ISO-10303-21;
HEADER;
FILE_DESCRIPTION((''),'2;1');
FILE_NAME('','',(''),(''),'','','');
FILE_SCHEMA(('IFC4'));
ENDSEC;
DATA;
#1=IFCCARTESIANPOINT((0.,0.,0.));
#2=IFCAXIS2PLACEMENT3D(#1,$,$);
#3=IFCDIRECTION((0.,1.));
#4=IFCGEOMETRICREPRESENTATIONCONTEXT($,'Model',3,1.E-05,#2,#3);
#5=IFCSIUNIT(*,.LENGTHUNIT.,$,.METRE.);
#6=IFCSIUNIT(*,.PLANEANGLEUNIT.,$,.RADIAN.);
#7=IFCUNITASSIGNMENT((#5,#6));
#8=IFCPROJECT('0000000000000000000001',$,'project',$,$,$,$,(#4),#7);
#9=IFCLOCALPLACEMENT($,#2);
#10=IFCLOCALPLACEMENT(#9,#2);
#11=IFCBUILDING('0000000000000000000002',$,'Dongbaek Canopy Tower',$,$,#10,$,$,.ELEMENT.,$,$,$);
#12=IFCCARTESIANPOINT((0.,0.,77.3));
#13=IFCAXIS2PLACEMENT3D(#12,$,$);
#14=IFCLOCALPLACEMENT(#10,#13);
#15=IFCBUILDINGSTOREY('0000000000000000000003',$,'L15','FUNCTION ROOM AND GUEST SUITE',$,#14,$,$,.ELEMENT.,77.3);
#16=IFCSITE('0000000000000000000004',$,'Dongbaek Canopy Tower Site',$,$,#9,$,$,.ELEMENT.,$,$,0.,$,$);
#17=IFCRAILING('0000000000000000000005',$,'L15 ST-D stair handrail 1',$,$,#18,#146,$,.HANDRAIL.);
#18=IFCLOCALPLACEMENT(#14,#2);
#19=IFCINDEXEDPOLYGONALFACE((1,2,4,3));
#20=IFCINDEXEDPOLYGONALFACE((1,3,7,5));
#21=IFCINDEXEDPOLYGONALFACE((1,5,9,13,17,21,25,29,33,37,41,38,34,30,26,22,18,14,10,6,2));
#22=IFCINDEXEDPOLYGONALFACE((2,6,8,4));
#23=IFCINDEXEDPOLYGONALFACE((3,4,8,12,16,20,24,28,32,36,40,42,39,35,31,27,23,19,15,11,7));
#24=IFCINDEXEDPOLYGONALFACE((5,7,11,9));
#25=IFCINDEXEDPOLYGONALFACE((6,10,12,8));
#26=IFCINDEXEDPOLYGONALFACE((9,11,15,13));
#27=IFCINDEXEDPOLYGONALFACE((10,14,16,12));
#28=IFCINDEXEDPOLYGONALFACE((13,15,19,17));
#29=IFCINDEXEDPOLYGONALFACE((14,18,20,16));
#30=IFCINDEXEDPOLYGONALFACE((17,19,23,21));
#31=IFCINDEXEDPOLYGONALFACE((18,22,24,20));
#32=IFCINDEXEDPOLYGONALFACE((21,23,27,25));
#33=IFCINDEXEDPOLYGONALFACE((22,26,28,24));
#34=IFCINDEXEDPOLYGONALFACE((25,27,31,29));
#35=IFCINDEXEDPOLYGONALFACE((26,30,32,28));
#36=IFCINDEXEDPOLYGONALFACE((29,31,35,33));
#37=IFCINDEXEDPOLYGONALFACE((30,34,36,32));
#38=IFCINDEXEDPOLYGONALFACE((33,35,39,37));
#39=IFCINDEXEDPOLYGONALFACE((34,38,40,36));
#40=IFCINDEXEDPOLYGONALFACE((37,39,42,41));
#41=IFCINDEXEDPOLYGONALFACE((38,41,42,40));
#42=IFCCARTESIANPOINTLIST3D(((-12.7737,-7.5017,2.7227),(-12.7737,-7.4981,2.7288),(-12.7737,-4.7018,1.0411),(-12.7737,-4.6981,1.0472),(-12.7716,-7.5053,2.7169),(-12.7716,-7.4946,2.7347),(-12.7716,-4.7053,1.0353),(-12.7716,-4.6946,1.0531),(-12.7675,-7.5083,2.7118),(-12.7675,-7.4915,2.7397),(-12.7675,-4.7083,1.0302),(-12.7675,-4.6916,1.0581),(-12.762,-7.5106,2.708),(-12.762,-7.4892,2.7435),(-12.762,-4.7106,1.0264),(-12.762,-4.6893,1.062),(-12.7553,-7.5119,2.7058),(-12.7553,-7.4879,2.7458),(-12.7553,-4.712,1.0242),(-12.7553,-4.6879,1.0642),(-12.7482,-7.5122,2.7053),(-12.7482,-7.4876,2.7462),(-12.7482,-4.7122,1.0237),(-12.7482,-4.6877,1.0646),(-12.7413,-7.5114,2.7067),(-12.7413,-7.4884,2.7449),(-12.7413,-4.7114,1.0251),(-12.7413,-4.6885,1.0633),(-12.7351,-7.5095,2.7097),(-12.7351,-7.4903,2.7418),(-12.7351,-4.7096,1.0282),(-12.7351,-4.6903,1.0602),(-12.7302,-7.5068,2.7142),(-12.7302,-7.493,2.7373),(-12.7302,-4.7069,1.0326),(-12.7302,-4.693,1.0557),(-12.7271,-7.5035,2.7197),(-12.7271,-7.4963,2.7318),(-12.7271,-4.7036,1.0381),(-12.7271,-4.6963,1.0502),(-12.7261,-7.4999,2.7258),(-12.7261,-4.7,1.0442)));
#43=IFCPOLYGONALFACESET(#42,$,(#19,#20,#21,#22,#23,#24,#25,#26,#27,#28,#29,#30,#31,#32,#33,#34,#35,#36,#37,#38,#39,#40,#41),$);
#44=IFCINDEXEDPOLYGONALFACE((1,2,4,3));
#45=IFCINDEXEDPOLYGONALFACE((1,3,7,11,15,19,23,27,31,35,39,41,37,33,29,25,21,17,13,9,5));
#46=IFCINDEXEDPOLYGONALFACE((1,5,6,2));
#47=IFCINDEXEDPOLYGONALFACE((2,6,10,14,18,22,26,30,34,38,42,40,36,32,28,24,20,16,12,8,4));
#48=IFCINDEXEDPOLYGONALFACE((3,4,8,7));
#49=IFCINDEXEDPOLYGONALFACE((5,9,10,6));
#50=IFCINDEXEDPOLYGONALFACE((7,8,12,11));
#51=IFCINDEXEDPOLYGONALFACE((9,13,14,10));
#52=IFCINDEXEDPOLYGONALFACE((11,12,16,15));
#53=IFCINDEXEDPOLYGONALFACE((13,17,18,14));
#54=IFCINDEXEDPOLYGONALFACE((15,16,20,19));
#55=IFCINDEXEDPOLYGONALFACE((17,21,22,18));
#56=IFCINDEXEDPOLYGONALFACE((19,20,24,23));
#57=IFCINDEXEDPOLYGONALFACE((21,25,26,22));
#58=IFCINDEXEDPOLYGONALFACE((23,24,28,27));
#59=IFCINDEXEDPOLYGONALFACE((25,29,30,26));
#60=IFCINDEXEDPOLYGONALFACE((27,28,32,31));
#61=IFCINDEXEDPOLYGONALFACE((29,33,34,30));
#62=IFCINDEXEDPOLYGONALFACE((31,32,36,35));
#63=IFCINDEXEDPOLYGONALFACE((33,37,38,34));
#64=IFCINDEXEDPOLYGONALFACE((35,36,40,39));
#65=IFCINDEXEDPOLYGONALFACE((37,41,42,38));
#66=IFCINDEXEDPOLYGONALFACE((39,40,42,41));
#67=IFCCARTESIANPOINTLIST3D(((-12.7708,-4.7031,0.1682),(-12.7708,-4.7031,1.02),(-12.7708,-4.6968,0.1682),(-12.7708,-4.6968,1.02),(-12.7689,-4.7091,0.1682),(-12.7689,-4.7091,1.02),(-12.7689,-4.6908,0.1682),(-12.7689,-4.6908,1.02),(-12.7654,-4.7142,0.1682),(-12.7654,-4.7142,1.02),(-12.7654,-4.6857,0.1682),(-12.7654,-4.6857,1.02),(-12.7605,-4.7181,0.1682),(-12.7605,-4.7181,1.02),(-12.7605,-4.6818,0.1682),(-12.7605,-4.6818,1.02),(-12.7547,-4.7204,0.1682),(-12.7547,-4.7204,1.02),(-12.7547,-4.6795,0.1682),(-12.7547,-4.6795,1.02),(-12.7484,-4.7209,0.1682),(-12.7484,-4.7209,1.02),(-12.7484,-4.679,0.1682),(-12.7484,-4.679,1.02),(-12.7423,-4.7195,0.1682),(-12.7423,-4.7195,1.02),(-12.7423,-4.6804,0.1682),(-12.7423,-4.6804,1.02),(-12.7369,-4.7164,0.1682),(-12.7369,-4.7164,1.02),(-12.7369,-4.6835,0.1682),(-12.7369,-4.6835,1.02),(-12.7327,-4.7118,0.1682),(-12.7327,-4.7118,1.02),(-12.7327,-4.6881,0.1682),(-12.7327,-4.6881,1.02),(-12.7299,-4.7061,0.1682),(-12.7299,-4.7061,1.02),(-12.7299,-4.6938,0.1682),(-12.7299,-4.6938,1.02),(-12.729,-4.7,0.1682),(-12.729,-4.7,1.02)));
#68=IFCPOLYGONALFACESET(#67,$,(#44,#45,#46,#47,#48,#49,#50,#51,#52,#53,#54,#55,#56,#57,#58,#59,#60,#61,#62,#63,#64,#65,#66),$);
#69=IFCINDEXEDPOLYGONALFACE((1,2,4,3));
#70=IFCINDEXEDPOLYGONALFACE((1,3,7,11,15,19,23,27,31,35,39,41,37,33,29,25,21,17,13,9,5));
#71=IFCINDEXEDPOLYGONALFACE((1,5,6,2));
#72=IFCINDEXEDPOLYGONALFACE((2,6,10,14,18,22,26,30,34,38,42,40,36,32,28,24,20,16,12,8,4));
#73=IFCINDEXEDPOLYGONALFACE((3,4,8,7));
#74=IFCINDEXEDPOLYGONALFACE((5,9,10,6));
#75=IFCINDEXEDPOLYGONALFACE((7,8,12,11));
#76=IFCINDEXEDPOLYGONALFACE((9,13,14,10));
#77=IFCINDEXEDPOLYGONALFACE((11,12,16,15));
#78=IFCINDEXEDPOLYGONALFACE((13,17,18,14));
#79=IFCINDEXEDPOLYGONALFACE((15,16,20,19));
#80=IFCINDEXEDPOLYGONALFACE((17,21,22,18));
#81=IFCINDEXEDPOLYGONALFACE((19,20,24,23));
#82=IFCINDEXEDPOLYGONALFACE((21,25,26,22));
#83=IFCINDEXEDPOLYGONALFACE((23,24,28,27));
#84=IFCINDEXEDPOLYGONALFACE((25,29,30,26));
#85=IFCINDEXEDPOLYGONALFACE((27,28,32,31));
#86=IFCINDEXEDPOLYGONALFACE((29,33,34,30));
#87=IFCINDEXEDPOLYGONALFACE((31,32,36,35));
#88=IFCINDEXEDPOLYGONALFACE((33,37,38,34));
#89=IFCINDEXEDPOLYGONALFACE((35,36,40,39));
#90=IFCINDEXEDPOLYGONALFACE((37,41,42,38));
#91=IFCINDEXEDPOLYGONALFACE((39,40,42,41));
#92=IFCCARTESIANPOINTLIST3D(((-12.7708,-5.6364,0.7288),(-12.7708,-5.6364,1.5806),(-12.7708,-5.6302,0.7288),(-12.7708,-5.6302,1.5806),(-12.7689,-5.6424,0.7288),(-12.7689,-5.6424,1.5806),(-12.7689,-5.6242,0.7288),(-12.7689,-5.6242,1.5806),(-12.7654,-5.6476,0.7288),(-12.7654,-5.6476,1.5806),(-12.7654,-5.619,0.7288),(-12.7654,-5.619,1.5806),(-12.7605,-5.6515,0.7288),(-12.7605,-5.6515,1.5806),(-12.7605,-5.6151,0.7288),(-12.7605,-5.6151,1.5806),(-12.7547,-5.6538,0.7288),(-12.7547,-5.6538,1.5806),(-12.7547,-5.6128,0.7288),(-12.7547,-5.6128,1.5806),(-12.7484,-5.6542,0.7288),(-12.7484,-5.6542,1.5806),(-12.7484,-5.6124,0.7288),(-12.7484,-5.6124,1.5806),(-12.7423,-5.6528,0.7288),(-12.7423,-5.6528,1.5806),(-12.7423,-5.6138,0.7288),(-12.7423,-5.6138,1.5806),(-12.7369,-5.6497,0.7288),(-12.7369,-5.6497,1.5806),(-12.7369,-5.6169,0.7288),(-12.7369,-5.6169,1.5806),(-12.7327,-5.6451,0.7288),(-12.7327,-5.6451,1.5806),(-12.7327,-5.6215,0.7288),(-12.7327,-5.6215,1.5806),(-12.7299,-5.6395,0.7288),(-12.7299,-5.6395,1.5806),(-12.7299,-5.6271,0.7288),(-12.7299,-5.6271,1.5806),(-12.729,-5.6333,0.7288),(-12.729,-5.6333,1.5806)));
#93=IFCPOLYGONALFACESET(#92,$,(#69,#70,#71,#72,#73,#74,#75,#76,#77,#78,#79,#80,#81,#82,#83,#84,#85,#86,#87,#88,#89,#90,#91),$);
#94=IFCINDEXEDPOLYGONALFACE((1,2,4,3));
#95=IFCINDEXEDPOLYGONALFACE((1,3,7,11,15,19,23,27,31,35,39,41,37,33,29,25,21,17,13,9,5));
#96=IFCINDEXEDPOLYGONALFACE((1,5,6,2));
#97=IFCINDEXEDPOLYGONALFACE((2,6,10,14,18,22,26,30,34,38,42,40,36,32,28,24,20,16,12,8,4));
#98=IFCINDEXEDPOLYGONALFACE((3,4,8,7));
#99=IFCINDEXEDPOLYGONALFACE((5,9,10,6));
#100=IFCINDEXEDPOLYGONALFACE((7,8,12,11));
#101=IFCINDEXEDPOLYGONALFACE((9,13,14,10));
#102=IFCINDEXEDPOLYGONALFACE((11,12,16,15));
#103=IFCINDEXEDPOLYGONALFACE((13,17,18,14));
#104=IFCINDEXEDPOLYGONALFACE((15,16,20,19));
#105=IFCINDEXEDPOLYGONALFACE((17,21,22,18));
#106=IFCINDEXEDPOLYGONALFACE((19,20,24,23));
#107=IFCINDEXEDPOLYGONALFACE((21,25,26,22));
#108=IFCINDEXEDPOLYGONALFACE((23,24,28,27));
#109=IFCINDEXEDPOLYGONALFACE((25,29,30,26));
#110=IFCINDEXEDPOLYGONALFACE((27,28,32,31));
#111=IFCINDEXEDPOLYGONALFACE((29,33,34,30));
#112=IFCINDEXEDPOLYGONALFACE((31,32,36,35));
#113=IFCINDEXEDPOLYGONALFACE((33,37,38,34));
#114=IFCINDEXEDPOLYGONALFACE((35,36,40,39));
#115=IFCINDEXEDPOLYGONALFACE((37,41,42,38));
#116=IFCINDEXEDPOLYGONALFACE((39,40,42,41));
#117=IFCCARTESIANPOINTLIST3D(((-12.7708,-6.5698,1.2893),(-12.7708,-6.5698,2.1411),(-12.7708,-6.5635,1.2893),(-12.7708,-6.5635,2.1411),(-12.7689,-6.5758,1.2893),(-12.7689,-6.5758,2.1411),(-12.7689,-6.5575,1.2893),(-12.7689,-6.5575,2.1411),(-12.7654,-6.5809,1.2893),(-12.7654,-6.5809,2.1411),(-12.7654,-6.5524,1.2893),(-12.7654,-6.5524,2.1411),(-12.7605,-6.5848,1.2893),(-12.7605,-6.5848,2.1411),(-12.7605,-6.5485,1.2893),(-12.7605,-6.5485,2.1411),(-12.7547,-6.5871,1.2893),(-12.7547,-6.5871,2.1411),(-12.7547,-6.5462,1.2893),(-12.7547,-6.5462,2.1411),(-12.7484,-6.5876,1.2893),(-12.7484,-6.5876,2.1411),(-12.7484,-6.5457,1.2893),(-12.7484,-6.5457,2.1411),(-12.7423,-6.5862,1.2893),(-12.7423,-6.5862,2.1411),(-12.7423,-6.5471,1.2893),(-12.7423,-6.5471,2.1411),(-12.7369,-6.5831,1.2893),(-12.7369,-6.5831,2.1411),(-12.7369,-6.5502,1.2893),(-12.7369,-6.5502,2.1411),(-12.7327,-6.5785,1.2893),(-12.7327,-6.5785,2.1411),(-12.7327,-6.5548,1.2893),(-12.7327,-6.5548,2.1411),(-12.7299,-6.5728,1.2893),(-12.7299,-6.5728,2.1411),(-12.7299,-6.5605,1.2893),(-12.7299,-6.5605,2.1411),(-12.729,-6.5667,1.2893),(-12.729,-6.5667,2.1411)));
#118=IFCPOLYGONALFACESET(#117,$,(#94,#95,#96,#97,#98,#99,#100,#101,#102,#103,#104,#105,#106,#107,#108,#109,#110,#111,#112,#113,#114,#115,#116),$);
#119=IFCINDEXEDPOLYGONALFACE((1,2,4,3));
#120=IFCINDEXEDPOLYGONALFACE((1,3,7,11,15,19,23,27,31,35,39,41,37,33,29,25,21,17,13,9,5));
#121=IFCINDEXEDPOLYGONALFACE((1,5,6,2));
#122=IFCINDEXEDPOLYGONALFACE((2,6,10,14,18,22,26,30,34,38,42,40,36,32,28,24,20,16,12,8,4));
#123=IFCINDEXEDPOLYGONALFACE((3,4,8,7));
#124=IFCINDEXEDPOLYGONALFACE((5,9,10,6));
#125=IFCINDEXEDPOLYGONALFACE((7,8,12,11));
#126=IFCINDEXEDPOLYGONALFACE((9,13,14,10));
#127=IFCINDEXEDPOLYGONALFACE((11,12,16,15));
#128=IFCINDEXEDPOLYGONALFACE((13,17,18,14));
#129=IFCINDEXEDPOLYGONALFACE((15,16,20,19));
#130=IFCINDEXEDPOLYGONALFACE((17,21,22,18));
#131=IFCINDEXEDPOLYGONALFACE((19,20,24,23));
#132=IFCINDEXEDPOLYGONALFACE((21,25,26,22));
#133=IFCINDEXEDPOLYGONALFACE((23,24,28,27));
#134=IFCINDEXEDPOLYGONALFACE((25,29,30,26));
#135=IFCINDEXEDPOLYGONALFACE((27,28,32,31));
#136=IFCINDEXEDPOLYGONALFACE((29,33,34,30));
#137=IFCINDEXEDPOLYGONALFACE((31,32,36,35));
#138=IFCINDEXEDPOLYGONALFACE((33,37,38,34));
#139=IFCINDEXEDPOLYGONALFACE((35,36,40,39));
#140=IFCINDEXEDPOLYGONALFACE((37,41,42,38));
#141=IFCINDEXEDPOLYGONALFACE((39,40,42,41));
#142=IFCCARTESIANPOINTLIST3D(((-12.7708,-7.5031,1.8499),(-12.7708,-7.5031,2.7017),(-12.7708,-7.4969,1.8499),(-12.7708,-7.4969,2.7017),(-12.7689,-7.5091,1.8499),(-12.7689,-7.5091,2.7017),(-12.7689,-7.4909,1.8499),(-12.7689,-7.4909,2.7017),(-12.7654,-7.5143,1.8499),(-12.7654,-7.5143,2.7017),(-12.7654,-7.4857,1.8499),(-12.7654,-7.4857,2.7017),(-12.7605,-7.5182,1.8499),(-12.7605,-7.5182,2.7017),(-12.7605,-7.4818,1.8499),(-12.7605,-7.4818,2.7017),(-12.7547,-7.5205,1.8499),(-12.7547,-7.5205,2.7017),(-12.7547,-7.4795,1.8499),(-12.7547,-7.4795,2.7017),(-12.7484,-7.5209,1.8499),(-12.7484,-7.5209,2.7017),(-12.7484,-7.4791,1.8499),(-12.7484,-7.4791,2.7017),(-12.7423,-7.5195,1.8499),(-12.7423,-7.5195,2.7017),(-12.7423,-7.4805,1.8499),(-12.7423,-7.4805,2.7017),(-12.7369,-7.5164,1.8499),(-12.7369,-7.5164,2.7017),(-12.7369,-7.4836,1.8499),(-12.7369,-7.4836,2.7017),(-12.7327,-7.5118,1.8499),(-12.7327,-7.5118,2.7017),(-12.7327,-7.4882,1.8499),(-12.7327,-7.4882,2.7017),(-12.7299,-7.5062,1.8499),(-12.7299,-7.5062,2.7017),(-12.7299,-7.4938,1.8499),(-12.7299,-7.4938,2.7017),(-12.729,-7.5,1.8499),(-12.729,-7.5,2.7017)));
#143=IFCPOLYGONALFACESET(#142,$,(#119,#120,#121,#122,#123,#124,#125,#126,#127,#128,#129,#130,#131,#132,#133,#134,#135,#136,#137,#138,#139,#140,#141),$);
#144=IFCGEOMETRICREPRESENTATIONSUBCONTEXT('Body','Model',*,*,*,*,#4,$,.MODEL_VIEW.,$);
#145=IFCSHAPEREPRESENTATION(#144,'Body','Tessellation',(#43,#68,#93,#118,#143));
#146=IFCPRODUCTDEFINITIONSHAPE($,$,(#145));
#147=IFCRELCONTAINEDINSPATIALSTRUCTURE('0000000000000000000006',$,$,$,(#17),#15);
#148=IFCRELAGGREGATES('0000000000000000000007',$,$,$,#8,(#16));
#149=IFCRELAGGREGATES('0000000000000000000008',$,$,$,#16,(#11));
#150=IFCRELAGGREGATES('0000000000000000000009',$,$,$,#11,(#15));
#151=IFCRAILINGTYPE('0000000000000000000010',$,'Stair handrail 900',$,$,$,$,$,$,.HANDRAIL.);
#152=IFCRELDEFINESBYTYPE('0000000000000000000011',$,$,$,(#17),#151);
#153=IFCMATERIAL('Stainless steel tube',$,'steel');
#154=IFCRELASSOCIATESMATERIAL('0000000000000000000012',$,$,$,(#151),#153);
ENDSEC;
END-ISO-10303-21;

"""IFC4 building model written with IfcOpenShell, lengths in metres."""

from ifc_helpers import new_model, si_unit, direction, frame, origin, origin_2d, place, context, subcontext, project, spatial, circle, extrude, material, type_object, element, save


model = new_model("IFC4")

# Units and contexts
model_context = context("Model", 3, precision=1e-05, world=origin(), true_north=direction((0.0, 1.0)))
body_context = subcontext(model_context, "Body", "Model", "MODEL_VIEW")
ifc_project = project(units=[si_unit("LENGTHUNIT", "METRE"), si_unit("PLANEANGLEUNIT", "RADIAN")], contexts=[model_context])

# Site, building, storey
site_placement = place(None, origin())
site = spatial("IfcSite", under=ifc_project, at=site_placement, Name="Dongbaek Canopy Tower Site", CompositionType="ELEMENT", RefElevation=0.0)
building_placement = place(site_placement, origin())
building = spatial("IfcBuilding", under=site, at=building_placement, Name="Dongbaek Canopy Tower", CompositionType="ELEMENT")
storey_placement = place(building_placement, frame((0.0, 0.0, 77.3)))
storey = spatial("IfcBuildingStorey", under=building, at=storey_placement, Name="L15", Description="FUNCTION ROOM AND GUEST SUITE", CompositionType="ELEMENT", Elevation=77.3)

# Railing
ifc_material_1 = material(Name="Stainless steel tube", Category="steel")
railing_type_1 = type_object("IfcRailingType", Name="Stair handrail 900", PredefinedType="HANDRAIL", material=ifc_material_1)
railing_1_placement = place(storey_placement, frame((-12.75, -4.7, 0.1682)))
element("IfcRailing", 1, at=railing_1_placement, inside=storey, type_object=railing_type_1, Name="L15 ST-D stair handrail 1", PredefinedType="HANDRAIL", context=body_context, shape_type="SweptSolid", body=[
    extrude(circle(Radius=0.0239, at=origin_2d()), frame((0.0, 0.0, 0.876), z_axis=(0.0, -0.857275, 0.514858), x_axis=(1.0, 0.0, 0.0)), (0.0, 0.0, 1.0), 3.2661),
    extrude(circle(Radius=0.021, at=origin_2d()), origin(), (0.0, 0.0, 1.0), 0.8518),
    extrude(circle(Radius=0.021, at=origin_2d()), frame((0.0, -0.9333, 0.5605)), (0.0, 0.0, 1.0), 0.8518),
    extrude(circle(Radius=0.021, at=origin_2d()), frame((0.0, -1.8667, 1.1211)), (0.0, 0.0, 1.0), 0.8518),
    extrude(circle(Radius=0.021, at=origin_2d()), frame((0.0, -2.8, 1.6816)), (0.0, 0.0, 1.0), 0.8518),
])

save(model, "model.ifc")
